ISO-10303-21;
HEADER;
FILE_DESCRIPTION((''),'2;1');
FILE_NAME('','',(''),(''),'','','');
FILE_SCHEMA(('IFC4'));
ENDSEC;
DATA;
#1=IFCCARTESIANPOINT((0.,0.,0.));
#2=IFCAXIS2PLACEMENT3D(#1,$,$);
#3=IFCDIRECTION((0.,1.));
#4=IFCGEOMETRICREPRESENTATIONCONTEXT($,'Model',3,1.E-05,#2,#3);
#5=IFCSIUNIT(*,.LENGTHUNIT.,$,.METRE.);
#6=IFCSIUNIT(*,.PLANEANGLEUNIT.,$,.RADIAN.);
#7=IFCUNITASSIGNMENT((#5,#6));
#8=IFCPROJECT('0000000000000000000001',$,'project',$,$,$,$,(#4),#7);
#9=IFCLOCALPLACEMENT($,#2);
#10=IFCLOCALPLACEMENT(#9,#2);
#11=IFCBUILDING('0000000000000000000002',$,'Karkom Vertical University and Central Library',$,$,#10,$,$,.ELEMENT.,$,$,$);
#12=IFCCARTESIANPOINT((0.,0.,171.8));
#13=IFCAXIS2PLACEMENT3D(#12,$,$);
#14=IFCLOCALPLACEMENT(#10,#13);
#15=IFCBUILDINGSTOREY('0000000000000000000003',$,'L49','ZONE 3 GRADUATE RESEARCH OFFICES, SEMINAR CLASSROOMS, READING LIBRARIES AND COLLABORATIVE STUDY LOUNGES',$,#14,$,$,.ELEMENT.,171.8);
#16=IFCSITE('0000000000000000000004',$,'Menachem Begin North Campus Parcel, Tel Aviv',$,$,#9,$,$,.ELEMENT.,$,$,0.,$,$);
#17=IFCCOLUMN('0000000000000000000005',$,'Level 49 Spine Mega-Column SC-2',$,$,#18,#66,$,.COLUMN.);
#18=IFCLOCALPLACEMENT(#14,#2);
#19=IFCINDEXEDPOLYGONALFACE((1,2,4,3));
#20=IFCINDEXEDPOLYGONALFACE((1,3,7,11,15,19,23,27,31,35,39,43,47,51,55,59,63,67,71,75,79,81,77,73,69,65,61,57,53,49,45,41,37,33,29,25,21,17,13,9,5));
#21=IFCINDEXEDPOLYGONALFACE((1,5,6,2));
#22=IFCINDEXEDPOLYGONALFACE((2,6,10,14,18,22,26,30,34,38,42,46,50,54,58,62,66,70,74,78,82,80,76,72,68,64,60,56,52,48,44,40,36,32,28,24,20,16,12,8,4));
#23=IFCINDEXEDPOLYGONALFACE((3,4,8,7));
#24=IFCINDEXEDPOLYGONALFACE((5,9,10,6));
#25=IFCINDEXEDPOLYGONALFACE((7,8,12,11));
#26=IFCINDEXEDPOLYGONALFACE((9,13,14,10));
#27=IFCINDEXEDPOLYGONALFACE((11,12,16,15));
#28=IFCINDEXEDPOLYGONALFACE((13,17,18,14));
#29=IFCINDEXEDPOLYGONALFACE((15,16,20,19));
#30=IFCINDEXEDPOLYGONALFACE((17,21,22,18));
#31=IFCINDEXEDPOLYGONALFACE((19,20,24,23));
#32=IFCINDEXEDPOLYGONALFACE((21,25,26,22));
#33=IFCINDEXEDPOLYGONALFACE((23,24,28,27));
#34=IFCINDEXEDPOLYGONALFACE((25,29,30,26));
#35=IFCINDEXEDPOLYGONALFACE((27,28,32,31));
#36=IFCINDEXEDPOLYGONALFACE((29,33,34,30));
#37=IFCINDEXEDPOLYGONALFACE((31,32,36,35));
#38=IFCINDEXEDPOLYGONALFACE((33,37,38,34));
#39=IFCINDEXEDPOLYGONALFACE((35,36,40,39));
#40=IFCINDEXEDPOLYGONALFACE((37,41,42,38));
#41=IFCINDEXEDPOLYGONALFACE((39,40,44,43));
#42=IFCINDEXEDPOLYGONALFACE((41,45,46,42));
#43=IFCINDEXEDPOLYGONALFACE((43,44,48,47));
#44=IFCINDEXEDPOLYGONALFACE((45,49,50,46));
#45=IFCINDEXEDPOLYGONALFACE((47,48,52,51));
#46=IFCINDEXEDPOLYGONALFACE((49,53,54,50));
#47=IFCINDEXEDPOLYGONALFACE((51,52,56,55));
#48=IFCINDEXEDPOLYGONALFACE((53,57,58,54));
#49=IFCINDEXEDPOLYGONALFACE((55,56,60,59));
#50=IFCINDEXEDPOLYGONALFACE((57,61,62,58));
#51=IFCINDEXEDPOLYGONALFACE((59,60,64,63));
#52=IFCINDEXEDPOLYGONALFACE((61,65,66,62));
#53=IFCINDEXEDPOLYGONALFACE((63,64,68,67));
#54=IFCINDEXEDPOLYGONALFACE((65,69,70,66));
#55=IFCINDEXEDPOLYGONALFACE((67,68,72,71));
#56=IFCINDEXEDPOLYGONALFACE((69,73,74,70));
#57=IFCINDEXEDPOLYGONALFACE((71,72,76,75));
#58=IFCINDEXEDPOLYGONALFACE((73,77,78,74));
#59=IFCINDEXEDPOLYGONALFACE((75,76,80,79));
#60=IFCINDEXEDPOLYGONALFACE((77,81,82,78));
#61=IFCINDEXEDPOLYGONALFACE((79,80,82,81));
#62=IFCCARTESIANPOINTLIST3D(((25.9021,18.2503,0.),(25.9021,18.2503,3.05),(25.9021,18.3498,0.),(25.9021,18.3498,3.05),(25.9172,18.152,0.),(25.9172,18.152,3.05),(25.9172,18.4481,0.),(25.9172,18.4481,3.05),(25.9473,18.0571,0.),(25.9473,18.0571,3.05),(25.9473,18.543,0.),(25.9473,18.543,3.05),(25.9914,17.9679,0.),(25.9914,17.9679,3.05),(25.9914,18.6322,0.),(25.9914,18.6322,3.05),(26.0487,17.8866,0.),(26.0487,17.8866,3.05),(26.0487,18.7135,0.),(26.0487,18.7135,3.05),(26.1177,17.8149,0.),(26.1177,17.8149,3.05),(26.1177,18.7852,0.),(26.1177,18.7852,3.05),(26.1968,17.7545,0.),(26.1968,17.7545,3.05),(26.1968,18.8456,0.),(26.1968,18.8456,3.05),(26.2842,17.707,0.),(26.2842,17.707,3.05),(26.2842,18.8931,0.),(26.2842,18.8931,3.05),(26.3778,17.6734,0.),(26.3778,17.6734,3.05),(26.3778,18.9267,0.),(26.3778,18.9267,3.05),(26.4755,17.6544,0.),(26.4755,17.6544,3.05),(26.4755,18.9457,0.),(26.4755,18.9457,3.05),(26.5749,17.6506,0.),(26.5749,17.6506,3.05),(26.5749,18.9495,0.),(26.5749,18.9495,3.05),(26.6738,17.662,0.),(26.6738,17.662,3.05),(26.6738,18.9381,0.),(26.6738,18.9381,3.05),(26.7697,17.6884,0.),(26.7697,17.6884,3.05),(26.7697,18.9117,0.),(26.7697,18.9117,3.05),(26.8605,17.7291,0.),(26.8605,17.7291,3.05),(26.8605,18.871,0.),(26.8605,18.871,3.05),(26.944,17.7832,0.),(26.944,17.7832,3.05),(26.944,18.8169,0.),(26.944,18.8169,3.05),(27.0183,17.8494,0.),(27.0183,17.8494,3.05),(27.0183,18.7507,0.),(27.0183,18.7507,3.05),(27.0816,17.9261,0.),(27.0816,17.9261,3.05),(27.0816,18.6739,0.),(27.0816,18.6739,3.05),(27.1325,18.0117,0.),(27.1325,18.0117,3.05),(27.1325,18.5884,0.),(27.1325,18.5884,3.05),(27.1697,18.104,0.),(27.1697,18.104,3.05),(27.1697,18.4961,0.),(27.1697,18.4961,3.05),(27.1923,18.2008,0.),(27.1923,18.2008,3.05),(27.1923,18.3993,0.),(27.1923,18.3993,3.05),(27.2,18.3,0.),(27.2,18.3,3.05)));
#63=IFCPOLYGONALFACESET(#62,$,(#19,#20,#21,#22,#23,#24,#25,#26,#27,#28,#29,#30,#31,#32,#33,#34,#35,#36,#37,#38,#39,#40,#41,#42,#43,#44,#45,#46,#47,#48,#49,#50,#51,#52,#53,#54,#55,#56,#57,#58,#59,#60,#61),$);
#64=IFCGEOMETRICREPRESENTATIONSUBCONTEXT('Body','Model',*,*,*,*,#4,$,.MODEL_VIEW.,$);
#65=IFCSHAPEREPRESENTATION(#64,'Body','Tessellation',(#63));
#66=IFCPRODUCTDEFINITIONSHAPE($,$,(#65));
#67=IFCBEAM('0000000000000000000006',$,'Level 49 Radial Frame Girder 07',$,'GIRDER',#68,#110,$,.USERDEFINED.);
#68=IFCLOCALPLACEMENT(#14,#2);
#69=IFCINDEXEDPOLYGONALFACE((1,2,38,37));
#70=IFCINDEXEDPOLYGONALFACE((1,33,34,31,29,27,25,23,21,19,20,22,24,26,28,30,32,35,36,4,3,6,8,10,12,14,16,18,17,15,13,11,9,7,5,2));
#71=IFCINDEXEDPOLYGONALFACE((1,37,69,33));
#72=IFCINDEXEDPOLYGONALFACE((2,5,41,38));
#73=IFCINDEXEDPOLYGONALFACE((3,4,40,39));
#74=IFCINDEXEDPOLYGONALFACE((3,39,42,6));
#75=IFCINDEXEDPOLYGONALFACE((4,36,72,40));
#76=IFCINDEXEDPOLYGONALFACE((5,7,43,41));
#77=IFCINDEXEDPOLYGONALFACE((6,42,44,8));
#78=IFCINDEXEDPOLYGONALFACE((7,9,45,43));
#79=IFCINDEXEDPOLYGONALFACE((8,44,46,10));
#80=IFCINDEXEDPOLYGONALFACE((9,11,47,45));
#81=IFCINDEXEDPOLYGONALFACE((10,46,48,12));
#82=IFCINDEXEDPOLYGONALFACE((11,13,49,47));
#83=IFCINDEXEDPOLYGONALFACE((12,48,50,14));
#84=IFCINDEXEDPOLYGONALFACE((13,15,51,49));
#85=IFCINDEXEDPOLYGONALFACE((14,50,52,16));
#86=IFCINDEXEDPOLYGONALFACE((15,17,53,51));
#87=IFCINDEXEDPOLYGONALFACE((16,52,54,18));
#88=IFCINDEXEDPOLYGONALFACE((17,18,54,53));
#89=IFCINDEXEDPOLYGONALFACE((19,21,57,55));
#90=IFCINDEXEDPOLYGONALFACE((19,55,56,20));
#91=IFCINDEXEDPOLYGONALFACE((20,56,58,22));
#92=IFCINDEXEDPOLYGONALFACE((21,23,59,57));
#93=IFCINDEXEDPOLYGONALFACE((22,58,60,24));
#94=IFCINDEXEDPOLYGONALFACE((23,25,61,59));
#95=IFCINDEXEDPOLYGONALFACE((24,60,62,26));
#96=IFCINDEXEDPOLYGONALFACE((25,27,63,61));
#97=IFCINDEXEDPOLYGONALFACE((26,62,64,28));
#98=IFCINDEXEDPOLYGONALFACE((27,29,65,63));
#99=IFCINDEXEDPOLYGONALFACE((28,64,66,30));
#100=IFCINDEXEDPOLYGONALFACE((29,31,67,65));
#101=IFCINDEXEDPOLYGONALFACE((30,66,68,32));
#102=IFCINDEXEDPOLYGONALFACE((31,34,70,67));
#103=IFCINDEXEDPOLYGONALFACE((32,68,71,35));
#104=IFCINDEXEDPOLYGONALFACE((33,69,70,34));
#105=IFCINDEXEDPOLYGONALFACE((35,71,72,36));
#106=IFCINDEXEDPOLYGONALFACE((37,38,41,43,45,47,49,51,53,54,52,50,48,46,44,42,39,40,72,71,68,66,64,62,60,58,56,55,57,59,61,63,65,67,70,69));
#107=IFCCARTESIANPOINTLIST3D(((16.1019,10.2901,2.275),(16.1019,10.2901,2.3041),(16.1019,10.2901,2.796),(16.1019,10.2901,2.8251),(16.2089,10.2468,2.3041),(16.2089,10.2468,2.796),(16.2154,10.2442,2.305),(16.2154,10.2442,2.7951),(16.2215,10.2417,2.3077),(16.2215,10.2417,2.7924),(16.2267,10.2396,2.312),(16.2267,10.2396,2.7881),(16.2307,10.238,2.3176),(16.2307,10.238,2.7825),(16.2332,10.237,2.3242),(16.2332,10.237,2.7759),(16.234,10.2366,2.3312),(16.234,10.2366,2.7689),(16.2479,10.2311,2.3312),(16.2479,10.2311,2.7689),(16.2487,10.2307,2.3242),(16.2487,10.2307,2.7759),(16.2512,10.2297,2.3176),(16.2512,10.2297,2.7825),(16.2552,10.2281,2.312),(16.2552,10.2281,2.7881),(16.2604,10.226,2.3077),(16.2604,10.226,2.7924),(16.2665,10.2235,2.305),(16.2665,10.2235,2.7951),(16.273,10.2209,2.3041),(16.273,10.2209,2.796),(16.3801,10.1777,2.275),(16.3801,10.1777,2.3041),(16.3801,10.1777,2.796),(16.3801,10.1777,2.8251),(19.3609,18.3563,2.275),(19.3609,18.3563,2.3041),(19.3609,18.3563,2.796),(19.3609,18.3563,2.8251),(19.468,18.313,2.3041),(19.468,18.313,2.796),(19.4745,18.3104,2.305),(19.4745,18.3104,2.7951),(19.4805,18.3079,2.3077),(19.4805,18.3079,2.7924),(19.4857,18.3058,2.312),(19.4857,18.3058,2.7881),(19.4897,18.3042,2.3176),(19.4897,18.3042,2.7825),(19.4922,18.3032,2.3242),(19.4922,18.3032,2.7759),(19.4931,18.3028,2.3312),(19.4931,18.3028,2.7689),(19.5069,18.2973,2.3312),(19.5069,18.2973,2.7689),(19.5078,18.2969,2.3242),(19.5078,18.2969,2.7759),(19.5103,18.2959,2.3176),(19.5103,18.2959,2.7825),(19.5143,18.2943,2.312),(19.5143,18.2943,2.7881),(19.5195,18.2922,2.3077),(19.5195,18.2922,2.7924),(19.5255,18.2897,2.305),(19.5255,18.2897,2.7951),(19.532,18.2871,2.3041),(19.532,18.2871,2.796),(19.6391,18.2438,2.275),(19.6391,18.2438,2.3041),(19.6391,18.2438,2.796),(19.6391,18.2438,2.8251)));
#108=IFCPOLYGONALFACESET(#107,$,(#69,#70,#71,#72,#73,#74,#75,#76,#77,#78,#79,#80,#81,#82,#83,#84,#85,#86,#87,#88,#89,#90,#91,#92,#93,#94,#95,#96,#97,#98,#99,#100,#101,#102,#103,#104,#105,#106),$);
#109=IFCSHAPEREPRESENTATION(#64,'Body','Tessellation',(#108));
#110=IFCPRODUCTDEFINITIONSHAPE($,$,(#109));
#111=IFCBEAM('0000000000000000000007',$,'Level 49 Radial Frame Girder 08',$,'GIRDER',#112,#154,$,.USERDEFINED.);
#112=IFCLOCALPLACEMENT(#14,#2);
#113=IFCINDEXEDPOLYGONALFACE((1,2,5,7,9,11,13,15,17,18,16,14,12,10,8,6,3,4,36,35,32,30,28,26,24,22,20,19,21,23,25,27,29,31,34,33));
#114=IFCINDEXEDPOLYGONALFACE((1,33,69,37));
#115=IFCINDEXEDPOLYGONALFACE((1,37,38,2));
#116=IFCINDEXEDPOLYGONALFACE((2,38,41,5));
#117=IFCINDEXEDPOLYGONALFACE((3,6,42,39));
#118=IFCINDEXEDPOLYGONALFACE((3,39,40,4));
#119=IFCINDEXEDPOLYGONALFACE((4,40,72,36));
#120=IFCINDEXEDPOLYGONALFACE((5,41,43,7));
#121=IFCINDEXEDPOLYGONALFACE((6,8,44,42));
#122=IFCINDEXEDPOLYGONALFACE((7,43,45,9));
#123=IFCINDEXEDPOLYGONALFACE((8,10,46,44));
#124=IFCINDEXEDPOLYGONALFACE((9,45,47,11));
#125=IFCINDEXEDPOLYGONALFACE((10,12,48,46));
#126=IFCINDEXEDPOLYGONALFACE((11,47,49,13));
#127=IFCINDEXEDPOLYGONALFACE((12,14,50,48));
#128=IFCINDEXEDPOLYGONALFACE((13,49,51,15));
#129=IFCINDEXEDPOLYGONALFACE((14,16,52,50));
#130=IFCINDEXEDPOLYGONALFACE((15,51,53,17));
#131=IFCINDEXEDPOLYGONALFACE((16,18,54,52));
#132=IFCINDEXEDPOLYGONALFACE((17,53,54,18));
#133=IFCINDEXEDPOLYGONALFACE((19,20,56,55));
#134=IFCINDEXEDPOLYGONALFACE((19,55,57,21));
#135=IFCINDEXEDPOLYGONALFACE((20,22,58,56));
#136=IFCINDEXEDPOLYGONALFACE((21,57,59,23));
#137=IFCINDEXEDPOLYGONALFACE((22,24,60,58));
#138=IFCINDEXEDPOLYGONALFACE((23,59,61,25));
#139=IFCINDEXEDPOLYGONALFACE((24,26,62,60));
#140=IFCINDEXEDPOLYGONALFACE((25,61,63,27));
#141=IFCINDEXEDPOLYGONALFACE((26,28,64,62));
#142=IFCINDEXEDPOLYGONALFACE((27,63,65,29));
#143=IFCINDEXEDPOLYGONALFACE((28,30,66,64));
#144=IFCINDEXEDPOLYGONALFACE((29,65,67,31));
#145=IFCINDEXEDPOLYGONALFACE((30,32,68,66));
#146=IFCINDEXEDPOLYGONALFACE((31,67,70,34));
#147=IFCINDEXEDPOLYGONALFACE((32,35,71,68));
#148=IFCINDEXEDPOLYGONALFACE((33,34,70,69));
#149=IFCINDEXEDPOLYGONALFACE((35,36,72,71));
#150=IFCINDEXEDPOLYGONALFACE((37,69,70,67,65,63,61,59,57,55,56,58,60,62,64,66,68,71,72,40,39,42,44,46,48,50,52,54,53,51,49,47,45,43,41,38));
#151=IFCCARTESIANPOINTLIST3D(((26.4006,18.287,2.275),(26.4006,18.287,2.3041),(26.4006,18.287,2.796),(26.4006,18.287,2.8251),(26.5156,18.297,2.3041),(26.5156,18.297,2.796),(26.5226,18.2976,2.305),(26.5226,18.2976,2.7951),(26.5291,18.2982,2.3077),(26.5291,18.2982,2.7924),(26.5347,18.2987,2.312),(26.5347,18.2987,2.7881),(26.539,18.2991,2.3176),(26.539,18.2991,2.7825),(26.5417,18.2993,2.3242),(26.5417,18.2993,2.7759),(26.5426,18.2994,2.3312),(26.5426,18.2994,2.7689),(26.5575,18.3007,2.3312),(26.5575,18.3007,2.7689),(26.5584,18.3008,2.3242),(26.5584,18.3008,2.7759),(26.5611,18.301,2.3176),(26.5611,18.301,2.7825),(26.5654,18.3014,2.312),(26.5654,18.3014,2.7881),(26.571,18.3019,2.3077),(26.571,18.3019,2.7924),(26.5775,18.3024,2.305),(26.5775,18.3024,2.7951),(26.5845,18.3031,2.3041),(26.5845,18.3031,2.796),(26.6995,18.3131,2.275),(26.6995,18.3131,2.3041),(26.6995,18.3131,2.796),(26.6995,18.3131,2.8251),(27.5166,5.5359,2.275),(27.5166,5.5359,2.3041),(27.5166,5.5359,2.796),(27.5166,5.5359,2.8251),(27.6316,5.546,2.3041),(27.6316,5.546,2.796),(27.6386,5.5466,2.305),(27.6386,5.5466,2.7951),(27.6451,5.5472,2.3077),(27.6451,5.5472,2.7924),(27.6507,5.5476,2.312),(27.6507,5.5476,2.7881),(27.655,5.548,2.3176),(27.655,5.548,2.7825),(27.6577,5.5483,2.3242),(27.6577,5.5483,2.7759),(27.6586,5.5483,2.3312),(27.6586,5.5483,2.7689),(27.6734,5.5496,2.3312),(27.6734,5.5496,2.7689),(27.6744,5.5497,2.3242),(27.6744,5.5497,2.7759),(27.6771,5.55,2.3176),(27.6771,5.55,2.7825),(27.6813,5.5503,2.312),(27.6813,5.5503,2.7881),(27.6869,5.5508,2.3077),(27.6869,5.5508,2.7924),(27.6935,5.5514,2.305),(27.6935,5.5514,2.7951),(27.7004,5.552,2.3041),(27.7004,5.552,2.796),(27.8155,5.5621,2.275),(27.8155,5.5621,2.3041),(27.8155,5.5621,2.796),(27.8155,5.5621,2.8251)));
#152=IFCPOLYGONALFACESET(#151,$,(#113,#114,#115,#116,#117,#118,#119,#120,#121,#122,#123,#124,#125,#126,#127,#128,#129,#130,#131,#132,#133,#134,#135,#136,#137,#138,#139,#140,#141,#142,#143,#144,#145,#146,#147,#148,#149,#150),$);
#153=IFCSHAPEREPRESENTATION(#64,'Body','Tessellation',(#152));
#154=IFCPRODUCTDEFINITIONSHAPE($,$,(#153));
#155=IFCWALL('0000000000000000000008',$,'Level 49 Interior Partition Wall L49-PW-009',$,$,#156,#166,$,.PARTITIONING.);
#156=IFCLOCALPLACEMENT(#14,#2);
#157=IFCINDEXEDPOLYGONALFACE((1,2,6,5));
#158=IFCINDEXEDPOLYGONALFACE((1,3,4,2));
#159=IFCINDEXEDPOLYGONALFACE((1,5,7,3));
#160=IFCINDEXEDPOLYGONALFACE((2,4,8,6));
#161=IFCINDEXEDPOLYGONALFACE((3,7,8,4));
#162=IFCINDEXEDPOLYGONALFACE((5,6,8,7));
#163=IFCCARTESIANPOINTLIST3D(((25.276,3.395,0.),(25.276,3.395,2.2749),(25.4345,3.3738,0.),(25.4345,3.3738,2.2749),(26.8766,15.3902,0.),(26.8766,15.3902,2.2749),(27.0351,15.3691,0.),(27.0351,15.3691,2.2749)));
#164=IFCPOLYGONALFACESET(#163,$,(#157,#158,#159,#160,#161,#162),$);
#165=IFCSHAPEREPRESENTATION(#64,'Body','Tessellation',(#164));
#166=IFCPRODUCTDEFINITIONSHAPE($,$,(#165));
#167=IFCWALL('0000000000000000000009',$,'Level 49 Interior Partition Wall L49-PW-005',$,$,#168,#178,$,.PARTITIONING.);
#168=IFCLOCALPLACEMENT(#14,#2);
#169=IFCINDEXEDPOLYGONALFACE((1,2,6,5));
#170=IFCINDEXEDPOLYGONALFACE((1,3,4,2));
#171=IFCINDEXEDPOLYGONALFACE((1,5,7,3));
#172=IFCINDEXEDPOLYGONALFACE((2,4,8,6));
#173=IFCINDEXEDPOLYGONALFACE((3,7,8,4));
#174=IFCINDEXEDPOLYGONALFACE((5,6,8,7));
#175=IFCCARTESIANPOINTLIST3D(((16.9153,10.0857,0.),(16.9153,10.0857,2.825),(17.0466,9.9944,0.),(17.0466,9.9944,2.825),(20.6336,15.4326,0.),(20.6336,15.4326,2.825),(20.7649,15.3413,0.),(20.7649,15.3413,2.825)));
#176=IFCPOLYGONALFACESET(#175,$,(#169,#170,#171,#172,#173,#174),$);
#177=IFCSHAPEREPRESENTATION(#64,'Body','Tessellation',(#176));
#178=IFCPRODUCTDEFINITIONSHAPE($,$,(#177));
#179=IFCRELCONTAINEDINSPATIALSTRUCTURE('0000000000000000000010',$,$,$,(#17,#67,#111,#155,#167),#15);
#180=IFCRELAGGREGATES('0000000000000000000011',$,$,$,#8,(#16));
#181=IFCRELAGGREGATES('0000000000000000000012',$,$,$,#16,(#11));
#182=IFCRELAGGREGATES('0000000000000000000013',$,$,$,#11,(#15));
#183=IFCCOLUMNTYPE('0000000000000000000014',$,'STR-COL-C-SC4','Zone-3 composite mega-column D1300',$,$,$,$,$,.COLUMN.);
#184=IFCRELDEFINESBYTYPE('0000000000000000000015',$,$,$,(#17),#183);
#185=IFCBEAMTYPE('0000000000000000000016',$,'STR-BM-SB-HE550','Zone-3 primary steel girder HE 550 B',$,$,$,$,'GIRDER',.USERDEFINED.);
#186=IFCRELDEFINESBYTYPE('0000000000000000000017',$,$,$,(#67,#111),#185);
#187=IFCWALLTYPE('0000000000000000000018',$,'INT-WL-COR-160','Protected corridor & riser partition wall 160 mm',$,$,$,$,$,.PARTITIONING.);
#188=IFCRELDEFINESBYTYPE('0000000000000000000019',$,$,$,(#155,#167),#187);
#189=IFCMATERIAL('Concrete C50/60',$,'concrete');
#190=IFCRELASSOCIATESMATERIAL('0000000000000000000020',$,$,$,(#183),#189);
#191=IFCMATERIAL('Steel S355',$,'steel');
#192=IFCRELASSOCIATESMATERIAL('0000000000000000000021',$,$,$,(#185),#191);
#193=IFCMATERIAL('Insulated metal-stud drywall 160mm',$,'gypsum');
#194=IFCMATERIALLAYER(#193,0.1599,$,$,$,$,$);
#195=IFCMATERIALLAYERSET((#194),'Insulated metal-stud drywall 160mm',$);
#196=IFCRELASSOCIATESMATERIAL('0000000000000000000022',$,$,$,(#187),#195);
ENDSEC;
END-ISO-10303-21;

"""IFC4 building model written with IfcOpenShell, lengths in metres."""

from ifc_helpers import new_model, si_unit, direction, frame, frame_2d, origin, origin_with_axes, origin_2d, place, context, subcontext, project, spatial, rectangle, circle, i_section, extrude, source, transform, mapped, material, layer, layer_set, material_profile, profile_set, type_object, element, save


model = new_model("IFC4")

# Units and contexts
model_context = context("Model", 3, precision=1e-05, world=origin(), true_north=direction((0.0, 1.0)))
body_context = subcontext(model_context, "Body", "Model", "MODEL_VIEW")
ifc_project = project(units=[si_unit("LENGTHUNIT", "METRE"), si_unit("PLANEANGLEUNIT", "RADIAN")], contexts=[model_context])

# Site, building, storey
site_placement = place(None, origin())
site = spatial("IfcSite", under=ifc_project, at=site_placement, Name="Menachem Begin North Campus Parcel, Tel Aviv", CompositionType="ELEMENT", RefElevation=0.0)
building_placement = place(site_placement, origin())
building = spatial("IfcBuilding", under=site, at=building_placement, Name="Karkom Vertical University and Central Library", CompositionType="ELEMENT")
storey_placement = place(building_placement, frame((0.0, 0.0, 171.8)))
storey = spatial("IfcBuildingStorey", under=building, at=storey_placement, Name="L49", Description="ZONE 3 GRADUATE RESEARCH OFFICES, SEMINAR CLASSROOMS, READING LIBRARIES AND COLLABORATIVE STUDY LOUNGES", CompositionType="ELEMENT", Elevation=171.8)

# Column
ifc_material_1 = material(Name="Concrete C50/60", Category="concrete")
ifc_material_profile_1 = material_profile(ifc_material_1, circle(Radius=0.6499, at=origin_2d()), Name="CFT-D1300")
ifc_profile_set_1 = profile_set([ifc_material_profile_1], Name="Concrete C50/60")
column_type = type_object("IfcColumnType", Name="STR-COL-C-SC4", Description="Zone-3 composite mega-column D1300", PredefinedType="COLUMN", material=ifc_profile_set_1)
shared_shape_1 = source(origin_with_axes(), body_context, "Body", "SweptSolid", [
    extrude(circle(Radius=0.6499, at=origin_2d()), origin(), (0.0, 0.0, 1.0), 3.05),
])
column_placement = place(storey_placement, frame((26.55, 18.3, 0.0), z_axis=(0.0, 0.0, 1.0), x_axis=(1.0, 0.0, 0.0)))
element("IfcColumn", 1, at=column_placement, inside=storey, type_object=column_type, Name="Level 49 Spine Mega-Column SC-2", PredefinedType="COLUMN", context=body_context, shape_type="MappedRepresentation", body=[
    mapped(shared_shape_1, transform((0.0, 0.0, 0.0), scale=1.0)),
])

# Beams
ifc_material_2 = material(Name="Steel S355", Category="steel")
ifc_material_profile_2 = material_profile(ifc_material_2, i_section(OverallWidth=0.3, OverallDepth=0.55, WebThickness=0.0149, FlangeThickness=0.0291, FilletRadius=0.0271, at=origin_2d()), Name="HE 550 B")
ifc_profile_set_2 = profile_set([ifc_material_profile_2], Name="Steel S355")
beam_type = type_object("IfcBeamType", Name="STR-BM-SB-HE550", Description="Zone-3 primary steel girder HE 550 B", ElementType="GIRDER", PredefinedType="USERDEFINED", material=ifc_profile_set_2)
shared_shape_2 = source(origin_with_axes(), body_context, "Body", "SweptSolid", [
    extrude(i_section(OverallWidth=0.3, OverallDepth=0.55, WebThickness=0.0149, FlangeThickness=0.0291, FilletRadius=0.0271, at=origin_2d()), origin(), (0.0, 0.0, 1.0), 8.6997),
])
beam_1_placement = place(storey_placement, frame((19.5, 18.3, 2.55), z_axis=(-0.374616, -0.92718, 0.0), x_axis=(0.92718, -0.374616, 0.0)))
element("IfcBeam", 2, at=beam_1_placement, inside=storey, type_object=beam_type, Name="Level 49 Radial Frame Girder 07", ObjectType="GIRDER", PredefinedType="USERDEFINED", context=body_context, shape_type="MappedRepresentation", body=[
    mapped(shared_shape_2, transform((0.0, 0.0, 0.0), scale=1.0)),
])
shared_shape_3 = source(origin_with_axes(), body_context, "Body", "SweptSolid", [
    extrude(i_section(OverallWidth=0.3, OverallDepth=0.55, WebThickness=0.0149, FlangeThickness=0.0291, FilletRadius=0.0271, at=origin_2d()), origin(), (0.0, 0.0, 1.0), 12.7998),
])
beam_2_placement = place(storey_placement, frame((26.55, 18.3, 2.55), z_axis=(0.087187, -0.996192, 0.0), x_axis=(0.996192, 0.087187, 0.0)))
element("IfcBeam", 3, at=beam_2_placement, inside=storey, type_object=beam_type, Name="Level 49 Radial Frame Girder 08", ObjectType="GIRDER", PredefinedType="USERDEFINED", context=body_context, shape_type="MappedRepresentation", body=[
    mapped(shared_shape_3, transform((0.0, 0.0, 0.0), scale=1.0)),
])

# Walls
ifc_material_3 = material(Name="Insulated metal-stud drywall 160mm", Category="gypsum")
ifc_layer_1 = layer(ifc_material_3, 0.1599)
ifc_layer_set_1 = layer_set([ifc_layer_1], Name="Insulated metal-stud drywall 160mm")
wall_type_1 = type_object("IfcWallType", Name="INT-WL-COR-160", Description="Protected corridor & riser partition wall 160 mm", PredefinedType="PARTITIONING", material=ifc_layer_set_1)
wall_1_placement = place(storey_placement, frame((26.9558, 15.3796, 0.0), z_axis=(0.0, 0.0, 1.0), x_axis=(-0.132262, -0.991215, 0.0)))
element("IfcWall", 4, at=wall_1_placement, inside=storey, type_object=wall_type_1, Name="Level 49 Interior Partition Wall L49-PW-009", PredefinedType="PARTITIONING", context=body_context, shape_type="SweptSolid", body=[
    extrude(rectangle(XDim=12.1016, YDim=0.1599, at=frame_2d((6.0508, 0.0))), origin(), (0.0, 0.0, 1.0), 2.2749),
])
wall_2_placement = place(storey_placement, frame((20.6992, 15.387, 0.0), z_axis=(0.0, 0.0, 1.0), x_axis=(-0.570926, -0.821001, 0.0)))
element("IfcWall", 5, at=wall_2_placement, inside=storey, type_object=wall_type_1, Name="Level 49 Interior Partition Wall L49-PW-005", PredefinedType="PARTITIONING", context=body_context, shape_type="SweptSolid", body=[
    extrude(rectangle(XDim=6.5127, YDim=0.1599, at=frame_2d((3.2563, 0.0))), origin(), (0.0, 0.0, 1.0), 2.825),
])

save(model, "model.ifc")
